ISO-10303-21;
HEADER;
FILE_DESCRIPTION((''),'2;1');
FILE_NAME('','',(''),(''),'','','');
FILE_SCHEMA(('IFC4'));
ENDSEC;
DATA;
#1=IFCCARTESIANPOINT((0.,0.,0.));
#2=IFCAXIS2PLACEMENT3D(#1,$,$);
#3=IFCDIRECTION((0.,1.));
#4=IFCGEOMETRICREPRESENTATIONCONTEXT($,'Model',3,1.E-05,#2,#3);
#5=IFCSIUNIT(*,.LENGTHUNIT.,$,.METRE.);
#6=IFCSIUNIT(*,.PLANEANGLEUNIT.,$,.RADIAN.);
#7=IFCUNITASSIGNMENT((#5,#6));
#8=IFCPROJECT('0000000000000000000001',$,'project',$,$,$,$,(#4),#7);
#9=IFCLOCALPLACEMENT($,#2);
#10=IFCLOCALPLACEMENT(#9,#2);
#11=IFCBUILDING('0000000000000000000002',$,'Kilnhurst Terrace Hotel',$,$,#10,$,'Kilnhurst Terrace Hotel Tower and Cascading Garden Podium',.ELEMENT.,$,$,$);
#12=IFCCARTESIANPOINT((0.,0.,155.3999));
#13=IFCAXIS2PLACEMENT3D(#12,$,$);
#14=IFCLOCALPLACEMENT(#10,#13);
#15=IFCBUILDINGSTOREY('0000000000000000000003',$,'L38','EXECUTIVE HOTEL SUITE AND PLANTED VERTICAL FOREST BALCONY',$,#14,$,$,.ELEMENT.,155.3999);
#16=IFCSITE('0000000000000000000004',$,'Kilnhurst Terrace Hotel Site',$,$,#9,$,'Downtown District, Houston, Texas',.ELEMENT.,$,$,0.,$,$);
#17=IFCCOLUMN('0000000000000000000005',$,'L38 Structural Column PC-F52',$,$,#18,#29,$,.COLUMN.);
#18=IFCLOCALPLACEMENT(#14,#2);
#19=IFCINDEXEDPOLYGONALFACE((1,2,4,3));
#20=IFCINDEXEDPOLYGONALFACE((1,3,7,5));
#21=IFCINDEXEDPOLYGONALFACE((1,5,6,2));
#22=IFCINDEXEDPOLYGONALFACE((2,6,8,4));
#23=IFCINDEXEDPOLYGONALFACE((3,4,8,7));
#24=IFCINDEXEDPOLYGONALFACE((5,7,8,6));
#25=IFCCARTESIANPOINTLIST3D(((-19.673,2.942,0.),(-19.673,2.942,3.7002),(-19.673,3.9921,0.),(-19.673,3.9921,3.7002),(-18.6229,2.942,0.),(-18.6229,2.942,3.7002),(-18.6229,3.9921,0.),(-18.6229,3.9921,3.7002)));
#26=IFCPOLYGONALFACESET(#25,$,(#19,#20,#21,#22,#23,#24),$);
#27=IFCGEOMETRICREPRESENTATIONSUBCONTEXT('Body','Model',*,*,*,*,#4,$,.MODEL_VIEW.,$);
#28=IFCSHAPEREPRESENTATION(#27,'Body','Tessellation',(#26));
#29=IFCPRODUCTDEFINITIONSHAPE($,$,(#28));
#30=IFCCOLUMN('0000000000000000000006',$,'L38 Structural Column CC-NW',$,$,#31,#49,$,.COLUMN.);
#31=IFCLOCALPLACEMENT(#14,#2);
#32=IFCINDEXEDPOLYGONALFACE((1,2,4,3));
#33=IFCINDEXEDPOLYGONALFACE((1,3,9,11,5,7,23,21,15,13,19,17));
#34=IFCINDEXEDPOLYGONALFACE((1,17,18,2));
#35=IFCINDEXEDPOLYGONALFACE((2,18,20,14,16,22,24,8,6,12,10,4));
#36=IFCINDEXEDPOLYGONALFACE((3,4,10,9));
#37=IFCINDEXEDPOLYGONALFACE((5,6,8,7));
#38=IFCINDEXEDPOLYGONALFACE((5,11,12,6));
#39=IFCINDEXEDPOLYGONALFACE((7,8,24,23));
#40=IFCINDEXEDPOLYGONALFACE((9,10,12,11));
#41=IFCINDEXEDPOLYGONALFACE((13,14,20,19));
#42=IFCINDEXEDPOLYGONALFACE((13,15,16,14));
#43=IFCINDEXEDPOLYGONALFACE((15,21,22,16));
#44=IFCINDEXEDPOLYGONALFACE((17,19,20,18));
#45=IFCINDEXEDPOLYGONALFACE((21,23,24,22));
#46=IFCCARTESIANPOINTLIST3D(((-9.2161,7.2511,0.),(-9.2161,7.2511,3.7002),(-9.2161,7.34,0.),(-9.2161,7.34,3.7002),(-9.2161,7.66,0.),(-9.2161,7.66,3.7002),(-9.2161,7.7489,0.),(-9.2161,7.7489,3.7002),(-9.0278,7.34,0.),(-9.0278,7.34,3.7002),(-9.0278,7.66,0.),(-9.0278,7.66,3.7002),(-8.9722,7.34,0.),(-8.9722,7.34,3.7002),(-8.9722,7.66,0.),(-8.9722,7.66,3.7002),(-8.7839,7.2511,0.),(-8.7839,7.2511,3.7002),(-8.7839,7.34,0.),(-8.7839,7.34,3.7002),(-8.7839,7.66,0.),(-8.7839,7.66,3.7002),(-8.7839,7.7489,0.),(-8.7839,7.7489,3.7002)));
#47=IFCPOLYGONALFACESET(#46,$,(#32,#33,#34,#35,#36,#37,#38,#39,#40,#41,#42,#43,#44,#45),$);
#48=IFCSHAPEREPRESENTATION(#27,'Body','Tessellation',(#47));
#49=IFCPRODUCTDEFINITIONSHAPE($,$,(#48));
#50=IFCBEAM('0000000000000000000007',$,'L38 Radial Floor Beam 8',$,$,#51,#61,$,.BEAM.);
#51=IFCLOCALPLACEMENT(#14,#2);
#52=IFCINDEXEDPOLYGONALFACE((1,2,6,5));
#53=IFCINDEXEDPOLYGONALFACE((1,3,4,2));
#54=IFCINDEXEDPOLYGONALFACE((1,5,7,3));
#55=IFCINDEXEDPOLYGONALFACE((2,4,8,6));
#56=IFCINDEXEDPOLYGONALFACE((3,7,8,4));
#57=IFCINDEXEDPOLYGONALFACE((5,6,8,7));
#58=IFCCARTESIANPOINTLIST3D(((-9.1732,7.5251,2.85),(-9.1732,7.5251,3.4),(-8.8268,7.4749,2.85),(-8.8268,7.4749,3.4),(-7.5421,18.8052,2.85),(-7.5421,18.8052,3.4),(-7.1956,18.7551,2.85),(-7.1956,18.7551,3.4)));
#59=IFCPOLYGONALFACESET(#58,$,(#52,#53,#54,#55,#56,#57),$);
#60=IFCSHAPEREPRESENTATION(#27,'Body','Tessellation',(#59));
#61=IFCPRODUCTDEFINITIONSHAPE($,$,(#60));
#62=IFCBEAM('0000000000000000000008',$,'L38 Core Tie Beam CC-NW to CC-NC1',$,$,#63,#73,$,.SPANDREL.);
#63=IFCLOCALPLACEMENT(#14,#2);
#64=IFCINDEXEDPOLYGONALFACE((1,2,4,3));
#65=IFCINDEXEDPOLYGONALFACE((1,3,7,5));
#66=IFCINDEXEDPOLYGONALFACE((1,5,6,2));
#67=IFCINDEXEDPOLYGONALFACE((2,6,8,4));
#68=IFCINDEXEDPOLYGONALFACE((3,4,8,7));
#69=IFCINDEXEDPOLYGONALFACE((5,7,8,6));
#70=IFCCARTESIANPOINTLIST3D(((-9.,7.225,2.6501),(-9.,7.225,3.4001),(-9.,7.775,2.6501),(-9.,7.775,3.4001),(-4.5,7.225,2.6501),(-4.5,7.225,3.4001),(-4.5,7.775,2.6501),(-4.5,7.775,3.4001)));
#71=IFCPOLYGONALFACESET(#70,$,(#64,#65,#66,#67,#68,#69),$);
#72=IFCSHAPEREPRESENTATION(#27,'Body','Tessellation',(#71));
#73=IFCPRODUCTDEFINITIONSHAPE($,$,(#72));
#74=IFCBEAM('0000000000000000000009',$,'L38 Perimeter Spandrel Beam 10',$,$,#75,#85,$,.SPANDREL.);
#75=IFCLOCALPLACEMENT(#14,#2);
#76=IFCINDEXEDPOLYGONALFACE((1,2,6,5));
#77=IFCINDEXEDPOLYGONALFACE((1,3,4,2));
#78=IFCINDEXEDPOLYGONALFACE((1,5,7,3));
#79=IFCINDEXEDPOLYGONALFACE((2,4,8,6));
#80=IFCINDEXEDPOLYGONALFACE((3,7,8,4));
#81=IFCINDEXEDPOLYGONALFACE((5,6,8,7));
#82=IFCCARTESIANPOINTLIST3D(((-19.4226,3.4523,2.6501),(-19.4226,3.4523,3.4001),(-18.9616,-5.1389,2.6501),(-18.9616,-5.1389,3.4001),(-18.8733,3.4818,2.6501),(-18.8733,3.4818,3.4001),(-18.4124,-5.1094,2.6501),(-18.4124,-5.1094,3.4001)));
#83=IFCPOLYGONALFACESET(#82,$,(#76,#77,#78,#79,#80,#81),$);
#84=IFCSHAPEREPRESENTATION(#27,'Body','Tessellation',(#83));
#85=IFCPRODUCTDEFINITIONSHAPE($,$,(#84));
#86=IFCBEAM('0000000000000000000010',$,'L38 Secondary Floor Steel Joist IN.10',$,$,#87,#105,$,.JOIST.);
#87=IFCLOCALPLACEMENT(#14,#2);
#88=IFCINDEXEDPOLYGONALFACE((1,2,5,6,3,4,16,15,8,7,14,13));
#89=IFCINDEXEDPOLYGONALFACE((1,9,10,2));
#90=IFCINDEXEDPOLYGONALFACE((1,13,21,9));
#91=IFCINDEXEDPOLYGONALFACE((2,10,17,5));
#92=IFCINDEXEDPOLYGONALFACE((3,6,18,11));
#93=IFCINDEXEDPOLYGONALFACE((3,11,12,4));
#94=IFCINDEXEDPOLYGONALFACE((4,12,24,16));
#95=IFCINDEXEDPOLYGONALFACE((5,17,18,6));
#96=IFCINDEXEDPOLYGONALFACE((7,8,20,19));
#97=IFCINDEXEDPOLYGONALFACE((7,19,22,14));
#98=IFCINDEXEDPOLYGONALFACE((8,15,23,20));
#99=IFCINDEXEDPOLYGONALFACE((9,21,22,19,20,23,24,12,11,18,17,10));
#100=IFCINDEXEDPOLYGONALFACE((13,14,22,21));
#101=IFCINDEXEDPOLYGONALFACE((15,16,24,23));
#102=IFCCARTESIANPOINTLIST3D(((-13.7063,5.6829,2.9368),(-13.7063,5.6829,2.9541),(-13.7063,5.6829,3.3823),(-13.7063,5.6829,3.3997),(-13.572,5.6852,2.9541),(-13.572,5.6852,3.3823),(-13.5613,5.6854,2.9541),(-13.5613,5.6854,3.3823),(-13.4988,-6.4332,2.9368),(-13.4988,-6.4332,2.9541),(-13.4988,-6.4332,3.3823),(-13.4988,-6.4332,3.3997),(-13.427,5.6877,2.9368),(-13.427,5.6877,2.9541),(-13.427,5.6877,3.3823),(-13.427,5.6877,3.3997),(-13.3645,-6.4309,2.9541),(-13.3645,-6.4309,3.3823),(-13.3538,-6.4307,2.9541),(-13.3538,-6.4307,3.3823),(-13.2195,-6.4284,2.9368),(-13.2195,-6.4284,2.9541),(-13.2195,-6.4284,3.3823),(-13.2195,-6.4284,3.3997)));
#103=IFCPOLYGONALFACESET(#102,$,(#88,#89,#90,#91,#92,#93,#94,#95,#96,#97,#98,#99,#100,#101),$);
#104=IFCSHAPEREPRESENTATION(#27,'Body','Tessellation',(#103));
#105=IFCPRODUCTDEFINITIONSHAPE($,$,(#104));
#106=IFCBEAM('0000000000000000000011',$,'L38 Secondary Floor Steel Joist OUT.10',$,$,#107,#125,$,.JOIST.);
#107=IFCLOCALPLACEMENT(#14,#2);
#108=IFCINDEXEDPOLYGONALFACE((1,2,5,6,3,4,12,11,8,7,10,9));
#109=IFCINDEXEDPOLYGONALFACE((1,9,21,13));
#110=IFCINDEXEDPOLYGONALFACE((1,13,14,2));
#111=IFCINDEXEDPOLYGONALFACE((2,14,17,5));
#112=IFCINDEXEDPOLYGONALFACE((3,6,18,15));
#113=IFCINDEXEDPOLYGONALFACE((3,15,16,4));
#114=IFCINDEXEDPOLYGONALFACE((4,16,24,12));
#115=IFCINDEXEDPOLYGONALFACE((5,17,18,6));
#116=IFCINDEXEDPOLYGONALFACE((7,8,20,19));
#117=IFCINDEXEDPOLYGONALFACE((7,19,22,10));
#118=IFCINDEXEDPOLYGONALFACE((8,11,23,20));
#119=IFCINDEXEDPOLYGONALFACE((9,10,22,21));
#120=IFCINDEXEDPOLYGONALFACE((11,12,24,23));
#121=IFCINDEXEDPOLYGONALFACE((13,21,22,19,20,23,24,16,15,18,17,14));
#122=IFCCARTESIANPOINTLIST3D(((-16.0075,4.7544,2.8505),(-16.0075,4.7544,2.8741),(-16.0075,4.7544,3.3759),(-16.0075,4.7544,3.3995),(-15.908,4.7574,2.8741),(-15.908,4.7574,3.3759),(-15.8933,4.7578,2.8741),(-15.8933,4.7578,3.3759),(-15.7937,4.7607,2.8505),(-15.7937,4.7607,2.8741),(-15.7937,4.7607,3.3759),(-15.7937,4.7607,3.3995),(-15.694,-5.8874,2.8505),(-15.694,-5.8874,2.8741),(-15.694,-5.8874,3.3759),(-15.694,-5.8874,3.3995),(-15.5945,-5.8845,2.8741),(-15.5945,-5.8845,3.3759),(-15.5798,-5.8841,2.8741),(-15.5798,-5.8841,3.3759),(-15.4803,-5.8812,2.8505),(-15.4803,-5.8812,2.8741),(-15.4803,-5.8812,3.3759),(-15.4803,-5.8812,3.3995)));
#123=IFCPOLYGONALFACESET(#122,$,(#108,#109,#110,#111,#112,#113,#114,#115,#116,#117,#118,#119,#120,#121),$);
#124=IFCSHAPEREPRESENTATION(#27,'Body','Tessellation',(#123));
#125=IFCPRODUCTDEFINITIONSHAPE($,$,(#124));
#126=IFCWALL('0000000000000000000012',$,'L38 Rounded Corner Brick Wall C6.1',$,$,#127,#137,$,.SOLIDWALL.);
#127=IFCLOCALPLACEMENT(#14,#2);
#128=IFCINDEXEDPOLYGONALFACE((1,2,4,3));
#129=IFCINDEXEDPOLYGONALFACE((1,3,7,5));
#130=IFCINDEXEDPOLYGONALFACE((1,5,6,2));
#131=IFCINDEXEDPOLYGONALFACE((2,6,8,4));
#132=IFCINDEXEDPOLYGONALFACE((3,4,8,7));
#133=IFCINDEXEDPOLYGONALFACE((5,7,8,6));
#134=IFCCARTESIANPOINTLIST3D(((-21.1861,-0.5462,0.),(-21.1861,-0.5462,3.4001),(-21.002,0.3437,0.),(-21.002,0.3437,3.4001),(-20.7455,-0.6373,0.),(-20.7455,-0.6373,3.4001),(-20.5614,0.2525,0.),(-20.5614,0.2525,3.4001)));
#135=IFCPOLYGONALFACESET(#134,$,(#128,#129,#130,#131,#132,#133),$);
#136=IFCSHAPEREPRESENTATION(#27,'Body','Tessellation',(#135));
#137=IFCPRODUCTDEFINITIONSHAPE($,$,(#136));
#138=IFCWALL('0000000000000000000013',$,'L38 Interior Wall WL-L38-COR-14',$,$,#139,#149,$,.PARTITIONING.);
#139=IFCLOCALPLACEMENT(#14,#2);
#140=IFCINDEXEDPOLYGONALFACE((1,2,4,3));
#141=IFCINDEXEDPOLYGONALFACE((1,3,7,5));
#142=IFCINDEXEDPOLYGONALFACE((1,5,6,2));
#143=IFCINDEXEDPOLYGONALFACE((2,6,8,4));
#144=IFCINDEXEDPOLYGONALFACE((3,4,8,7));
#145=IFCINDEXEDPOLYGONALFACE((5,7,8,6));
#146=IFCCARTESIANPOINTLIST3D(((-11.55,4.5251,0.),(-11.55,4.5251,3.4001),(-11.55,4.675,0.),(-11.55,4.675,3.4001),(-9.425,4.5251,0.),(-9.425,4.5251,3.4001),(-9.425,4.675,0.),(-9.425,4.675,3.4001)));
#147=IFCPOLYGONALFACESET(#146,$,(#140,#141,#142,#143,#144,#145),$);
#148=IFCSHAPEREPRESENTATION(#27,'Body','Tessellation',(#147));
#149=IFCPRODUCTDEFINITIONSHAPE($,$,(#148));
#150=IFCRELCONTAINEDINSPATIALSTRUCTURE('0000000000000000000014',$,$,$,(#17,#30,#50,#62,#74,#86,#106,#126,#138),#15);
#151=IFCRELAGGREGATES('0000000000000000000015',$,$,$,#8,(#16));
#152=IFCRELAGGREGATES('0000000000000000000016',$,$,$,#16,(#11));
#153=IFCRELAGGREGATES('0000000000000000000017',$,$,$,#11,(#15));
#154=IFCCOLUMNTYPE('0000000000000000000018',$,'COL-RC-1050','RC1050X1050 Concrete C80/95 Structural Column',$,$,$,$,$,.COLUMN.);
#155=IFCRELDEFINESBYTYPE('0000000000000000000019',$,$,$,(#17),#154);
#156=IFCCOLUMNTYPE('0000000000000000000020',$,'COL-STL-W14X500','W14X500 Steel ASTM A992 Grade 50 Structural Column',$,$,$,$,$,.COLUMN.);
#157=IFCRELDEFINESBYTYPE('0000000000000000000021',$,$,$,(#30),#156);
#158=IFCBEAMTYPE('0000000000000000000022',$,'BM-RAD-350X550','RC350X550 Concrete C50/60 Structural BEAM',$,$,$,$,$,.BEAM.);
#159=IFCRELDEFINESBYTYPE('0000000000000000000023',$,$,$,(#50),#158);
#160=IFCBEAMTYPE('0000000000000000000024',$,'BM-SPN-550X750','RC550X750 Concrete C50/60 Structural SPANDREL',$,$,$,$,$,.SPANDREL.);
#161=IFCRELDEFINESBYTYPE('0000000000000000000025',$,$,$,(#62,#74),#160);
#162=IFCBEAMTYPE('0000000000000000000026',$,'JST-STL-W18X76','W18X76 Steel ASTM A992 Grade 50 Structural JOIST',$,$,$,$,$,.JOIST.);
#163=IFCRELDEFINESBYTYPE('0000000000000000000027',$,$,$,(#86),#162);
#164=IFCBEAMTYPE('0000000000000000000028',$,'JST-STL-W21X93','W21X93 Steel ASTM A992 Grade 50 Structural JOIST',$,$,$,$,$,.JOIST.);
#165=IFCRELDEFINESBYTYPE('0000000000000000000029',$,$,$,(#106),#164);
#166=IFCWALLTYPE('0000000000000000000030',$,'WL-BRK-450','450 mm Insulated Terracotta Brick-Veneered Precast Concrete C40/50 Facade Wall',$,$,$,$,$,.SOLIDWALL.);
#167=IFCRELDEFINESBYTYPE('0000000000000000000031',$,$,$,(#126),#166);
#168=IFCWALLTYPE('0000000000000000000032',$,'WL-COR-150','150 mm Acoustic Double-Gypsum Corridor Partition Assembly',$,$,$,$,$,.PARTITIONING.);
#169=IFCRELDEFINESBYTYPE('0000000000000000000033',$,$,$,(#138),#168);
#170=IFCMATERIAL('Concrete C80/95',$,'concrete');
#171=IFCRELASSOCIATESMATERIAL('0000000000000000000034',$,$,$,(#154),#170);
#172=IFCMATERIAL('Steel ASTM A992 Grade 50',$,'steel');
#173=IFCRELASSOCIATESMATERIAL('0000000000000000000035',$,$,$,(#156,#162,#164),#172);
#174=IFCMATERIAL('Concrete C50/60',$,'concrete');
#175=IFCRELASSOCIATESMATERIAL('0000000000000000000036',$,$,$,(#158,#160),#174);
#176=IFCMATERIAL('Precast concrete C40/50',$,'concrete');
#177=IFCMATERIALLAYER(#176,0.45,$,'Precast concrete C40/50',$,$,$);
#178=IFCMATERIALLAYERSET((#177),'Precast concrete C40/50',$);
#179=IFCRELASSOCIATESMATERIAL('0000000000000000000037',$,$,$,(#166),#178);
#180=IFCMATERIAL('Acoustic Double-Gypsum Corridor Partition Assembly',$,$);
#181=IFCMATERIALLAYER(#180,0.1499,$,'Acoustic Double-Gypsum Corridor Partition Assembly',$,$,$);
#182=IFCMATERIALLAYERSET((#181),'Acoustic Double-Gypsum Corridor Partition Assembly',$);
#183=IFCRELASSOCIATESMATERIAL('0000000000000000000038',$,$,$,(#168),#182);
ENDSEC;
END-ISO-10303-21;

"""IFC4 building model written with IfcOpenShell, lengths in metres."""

from ifc_helpers import new_model, si_unit, direction, frame, frame_2d, origin, origin_2d, place, context, subcontext, project, spatial, rectangle, i_section, extrude, material, layer, layer_set, material_profile, profile_set, type_object, element, save


model = new_model("IFC4")

# Units and contexts
model_context = context("Model", 3, precision=1e-05, world=origin(), true_north=direction((0.0, 1.0)))
body_context = subcontext(model_context, "Body", "Model", "MODEL_VIEW")
ifc_project = project(units=[si_unit("LENGTHUNIT", "METRE"), si_unit("PLANEANGLEUNIT", "RADIAN")], contexts=[model_context])

# Site, building, storey
site_placement = place(None, origin())
site = spatial("IfcSite", under=ifc_project, at=site_placement, Name="Kilnhurst Terrace Hotel Site", LongName="Downtown District, Houston, Texas", CompositionType="ELEMENT", RefElevation=0.0)
building_placement = place(site_placement, origin())
building = spatial("IfcBuilding", under=site, at=building_placement, Name="Kilnhurst Terrace Hotel", LongName="Kilnhurst Terrace Hotel Tower and Cascading Garden Podium", CompositionType="ELEMENT")
storey_placement = place(building_placement, frame((0.0, 0.0, 155.3999)))
storey = spatial("IfcBuildingStorey", under=building, at=storey_placement, Name="L38", Description="EXECUTIVE HOTEL SUITE AND PLANTED VERTICAL FOREST BALCONY", CompositionType="ELEMENT", Elevation=155.3999)

# Columns
ifc_material_1 = material(Name="Concrete C80/95", Category="concrete")
ifc_material_profile_1 = material_profile(ifc_material_1, rectangle(XDim=1.05, YDim=1.05, at=origin_2d()), Name="RC1050X1050")
ifc_profile_set_1 = profile_set([ifc_material_profile_1], Name="Concrete C80/95")
column_type_1 = type_object("IfcColumnType", Name="COL-RC-1050", Description="RC1050X1050 Concrete C80/95 Structural Column", PredefinedType="COLUMN", material=ifc_profile_set_1)
column_1_placement = place(storey_placement, frame((-19.1479, 3.467, 0.0), z_axis=(0.0, 0.0, 1.0), x_axis=(1.0, 0.0, 0.0)))
element("IfcColumn", 1, at=column_1_placement, inside=storey, type_object=column_type_1, Name="L38 Structural Column PC-F52", PredefinedType="COLUMN", context=body_context, shape_type="SweptSolid", body=[
    extrude(rectangle(XDim=1.05, YDim=1.05, at=origin_2d()), origin(), (0.0, 0.0, 1.0), 3.7002),
])
ifc_material_2 = material(Name="Steel ASTM A992 Grade 50", Category="steel")
ifc_material_profile_2 = material_profile(ifc_material_2, i_section(OverallWidth=0.4321, OverallDepth=0.4978, WebThickness=0.0557, FlangeThickness=0.0889, at=origin_2d()), Name="W14X500")
ifc_profile_set_2 = profile_set([ifc_material_profile_2], Name="Steel ASTM A992 Grade 50")
column_type_2 = type_object("IfcColumnType", Name="COL-STL-W14X500", Description="W14X500 Steel ASTM A992 Grade 50 Structural Column", PredefinedType="COLUMN", material=ifc_profile_set_2)
column_2_placement = place(storey_placement, frame((-9.0, 7.5, 0.0), z_axis=(0.0, 0.0, 1.0), x_axis=(1.0, 0.0, 0.0)))
element("IfcColumn", 2, at=column_2_placement, inside=storey, type_object=column_type_2, Name="L38 Structural Column CC-NW", PredefinedType="COLUMN", context=body_context, shape_type="SweptSolid", body=[
    extrude(i_section(OverallWidth=0.4321, OverallDepth=0.4978, WebThickness=0.0557, FlangeThickness=0.0889, at=origin_2d()), origin(), (0.0, 0.0, 1.0), 3.7002),
])

# Beams
ifc_material_3 = material(Name="Concrete C50/60", Category="concrete")
ifc_material_profile_3 = material_profile(ifc_material_3, rectangle(XDim=0.3501, YDim=0.55, at=origin_2d()), Name="RC350X550")
ifc_profile_set_3 = profile_set([ifc_material_profile_3], Name="Concrete C50/60")
beam_type_1 = type_object("IfcBeamType", Name="BM-RAD-350X550", Description="RC350X550 Concrete C50/60 Structural BEAM", PredefinedType="BEAM", material=ifc_profile_set_3)
beam_1_placement = place(storey_placement, frame((-9.0, 7.5, 3.125), z_axis=(0.143113, 0.989706, 0.0), x_axis=(-0.989706, 0.143113, 0.0)))
element("IfcBeam", 3, at=beam_1_placement, inside=storey, type_object=beam_type_1, Name="L38 Radial Floor Beam 8", PredefinedType="BEAM", context=body_context, shape_type="SweptSolid", body=[
    extrude(rectangle(XDim=0.3501, YDim=0.55, at=origin_2d()), origin(), (0.0, 0.0, 1.0), 11.3975),
])
ifc_material_profile_4 = material_profile(ifc_material_3, rectangle(XDim=0.55, YDim=0.75, at=origin_2d()), Name="RC550X750")
ifc_profile_set_4 = profile_set([ifc_material_profile_4], Name="Concrete C50/60")
beam_type_2 = type_object("IfcBeamType", Name="BM-SPN-550X750", Description="RC550X750 Concrete C50/60 Structural SPANDREL", PredefinedType="SPANDREL", material=ifc_profile_set_4)
beam_2_placement = place(storey_placement, frame((-9.0, 7.5, 3.0251), z_axis=(1.0, 0.0, 0.0), x_axis=(0.0, 1.0, 0.0)))
element("IfcBeam", 4, at=beam_2_placement, inside=storey, type_object=beam_type_2, Name="L38 Core Tie Beam CC-NW to CC-NC1", PredefinedType="SPANDREL", context=body_context, shape_type="SweptSolid", body=[
    extrude(rectangle(XDim=0.55, YDim=0.75, at=origin_2d()), origin(), (0.0, 0.0, 1.0), 4.5),
])
beam_3_placement = place(storey_placement, frame((-19.1479, 3.467, 3.0251), z_axis=(0.053576, -0.998564, 0.0), x_axis=(0.998564, 0.053576, 0.0)))
element("IfcBeam", 5, at=beam_3_placement, inside=storey, type_object=beam_type_2, Name="L38 Perimeter Spandrel Beam 10", PredefinedType="SPANDREL", context=body_context, shape_type="SweptSolid", body=[
    extrude(rectangle(XDim=0.55, YDim=0.75, at=origin_2d()), origin(), (0.0, 0.0, 1.0), 8.6035),
])
ifc_material_profile_5 = material_profile(ifc_material_2, i_section(OverallWidth=0.2793, OverallDepth=0.4629, WebThickness=0.0107, FlangeThickness=0.0173, at=origin_2d()), Name="W18X76")
ifc_profile_set_5 = profile_set([ifc_material_profile_5], Name="Steel ASTM A992 Grade 50")
beam_type_3 = type_object("IfcBeamType", Name="JST-STL-W18X76", Description="W18X76 Steel ASTM A992 Grade 50 Structural JOIST", PredefinedType="JOIST", material=ifc_profile_set_5)
beam_4_placement = place(storey_placement, frame((-13.5667, 5.6853, 3.1682), z_axis=(0.017125, -0.999853, 0.0), x_axis=(0.999853, 0.017125, 0.0)))
element("IfcBeam", 6, at=beam_4_placement, inside=storey, type_object=beam_type_3, Name="L38 Secondary Floor Steel Joist IN.10", PredefinedType="JOIST", context=body_context, shape_type="SweptSolid", body=[
    extrude(i_section(OverallWidth=0.2793, OverallDepth=0.4629, WebThickness=0.0107, FlangeThickness=0.0173, at=origin_2d()), origin(), (0.0, 0.0, 1.0), 12.1179),
])
ifc_material_profile_6 = material_profile(ifc_material_2, i_section(OverallWidth=0.2139, OverallDepth=0.5491, WebThickness=0.0146, FlangeThickness=0.0237, at=origin_2d()), Name="W21X93")
ifc_profile_set_6 = profile_set([ifc_material_profile_6], Name="Steel ASTM A992 Grade 50")
beam_type_4 = type_object("IfcBeamType", Name="JST-STL-W21X93", Description="W21X93 Steel ASTM A992 Grade 50 Structural JOIST", PredefinedType="JOIST", material=ifc_profile_set_6)
beam_5_placement = place(storey_placement, frame((-15.9006, 4.7576, 3.125), z_axis=(0.029444, -0.999566, 0.0), x_axis=(0.999566, 0.029444, 0.0)))
element("IfcBeam", 7, at=beam_5_placement, inside=storey, type_object=beam_type_4, Name="L38 Secondary Floor Steel Joist OUT.10", PredefinedType="JOIST", context=body_context, shape_type="SweptSolid", body=[
    extrude(i_section(OverallWidth=0.2139, OverallDepth=0.5491, WebThickness=0.0146, FlangeThickness=0.0237, at=origin_2d()), origin(), (0.0, 0.0, 1.0), 10.6465),
])

# Walls
ifc_material_4 = material(Name="Precast concrete C40/50", Category="concrete")
ifc_layer_1 = layer(ifc_material_4, 0.45, Name="Precast concrete C40/50")
ifc_layer_set_1 = layer_set([ifc_layer_1], Name="Precast concrete C40/50")
wall_type_1 = type_object("IfcWallType", Name="WL-BRK-450", Description="450 mm Insulated Terracotta Brick-Veneered Precast Concrete C40/50 Facade Wall", PredefinedType="SOLIDWALL", material=ifc_layer_set_1)
wall_1_placement = place(storey_placement, frame((-20.7817, 0.2981, 0.0), z_axis=(0.0, 0.0, 1.0), x_axis=(-0.20257, -0.979268, 0.0)))
element("IfcWall", 8, at=wall_1_placement, inside=storey, type_object=wall_type_1, Name="L38 Rounded Corner Brick Wall C6.1", PredefinedType="SOLIDWALL", context=body_context, shape_type="SweptSolid", body=[
    extrude(rectangle(XDim=0.9087, YDim=0.45, at=frame_2d((0.4543, 0.0))), origin(), (0.0, 0.0, 1.0), 3.4001),
])
ifc_material_5 = material(Name="Acoustic Double-Gypsum Corridor Partition Assembly")
ifc_layer_2 = layer(ifc_material_5, 0.1499, Name="Acoustic Double-Gypsum Corridor Partition Assembly")
ifc_layer_set_2 = layer_set([ifc_layer_2], Name="Acoustic Double-Gypsum Corridor Partition Assembly")
wall_type_2 = type_object("IfcWallType", Name="WL-COR-150", Description="150 mm Acoustic Double-Gypsum Corridor Partition Assembly", PredefinedType="PARTITIONING", material=ifc_layer_set_2)
wall_2_placement = place(storey_placement, frame((-11.55, 4.6001, 0.0), z_axis=(0.0, 0.0, 1.0), x_axis=(1.0, 0.0, 0.0)))
element("IfcWall", 9, at=wall_2_placement, inside=storey, type_object=wall_type_2, Name="L38 Interior Wall WL-L38-COR-14", PredefinedType="PARTITIONING", context=body_context, shape_type="SweptSolid", body=[
    extrude(rectangle(XDim=2.125, YDim=0.1499, at=frame_2d((1.0625, 0.0))), origin(), (0.0, 0.0, 1.0), 3.4001),
])

save(model, "model.ifc")
